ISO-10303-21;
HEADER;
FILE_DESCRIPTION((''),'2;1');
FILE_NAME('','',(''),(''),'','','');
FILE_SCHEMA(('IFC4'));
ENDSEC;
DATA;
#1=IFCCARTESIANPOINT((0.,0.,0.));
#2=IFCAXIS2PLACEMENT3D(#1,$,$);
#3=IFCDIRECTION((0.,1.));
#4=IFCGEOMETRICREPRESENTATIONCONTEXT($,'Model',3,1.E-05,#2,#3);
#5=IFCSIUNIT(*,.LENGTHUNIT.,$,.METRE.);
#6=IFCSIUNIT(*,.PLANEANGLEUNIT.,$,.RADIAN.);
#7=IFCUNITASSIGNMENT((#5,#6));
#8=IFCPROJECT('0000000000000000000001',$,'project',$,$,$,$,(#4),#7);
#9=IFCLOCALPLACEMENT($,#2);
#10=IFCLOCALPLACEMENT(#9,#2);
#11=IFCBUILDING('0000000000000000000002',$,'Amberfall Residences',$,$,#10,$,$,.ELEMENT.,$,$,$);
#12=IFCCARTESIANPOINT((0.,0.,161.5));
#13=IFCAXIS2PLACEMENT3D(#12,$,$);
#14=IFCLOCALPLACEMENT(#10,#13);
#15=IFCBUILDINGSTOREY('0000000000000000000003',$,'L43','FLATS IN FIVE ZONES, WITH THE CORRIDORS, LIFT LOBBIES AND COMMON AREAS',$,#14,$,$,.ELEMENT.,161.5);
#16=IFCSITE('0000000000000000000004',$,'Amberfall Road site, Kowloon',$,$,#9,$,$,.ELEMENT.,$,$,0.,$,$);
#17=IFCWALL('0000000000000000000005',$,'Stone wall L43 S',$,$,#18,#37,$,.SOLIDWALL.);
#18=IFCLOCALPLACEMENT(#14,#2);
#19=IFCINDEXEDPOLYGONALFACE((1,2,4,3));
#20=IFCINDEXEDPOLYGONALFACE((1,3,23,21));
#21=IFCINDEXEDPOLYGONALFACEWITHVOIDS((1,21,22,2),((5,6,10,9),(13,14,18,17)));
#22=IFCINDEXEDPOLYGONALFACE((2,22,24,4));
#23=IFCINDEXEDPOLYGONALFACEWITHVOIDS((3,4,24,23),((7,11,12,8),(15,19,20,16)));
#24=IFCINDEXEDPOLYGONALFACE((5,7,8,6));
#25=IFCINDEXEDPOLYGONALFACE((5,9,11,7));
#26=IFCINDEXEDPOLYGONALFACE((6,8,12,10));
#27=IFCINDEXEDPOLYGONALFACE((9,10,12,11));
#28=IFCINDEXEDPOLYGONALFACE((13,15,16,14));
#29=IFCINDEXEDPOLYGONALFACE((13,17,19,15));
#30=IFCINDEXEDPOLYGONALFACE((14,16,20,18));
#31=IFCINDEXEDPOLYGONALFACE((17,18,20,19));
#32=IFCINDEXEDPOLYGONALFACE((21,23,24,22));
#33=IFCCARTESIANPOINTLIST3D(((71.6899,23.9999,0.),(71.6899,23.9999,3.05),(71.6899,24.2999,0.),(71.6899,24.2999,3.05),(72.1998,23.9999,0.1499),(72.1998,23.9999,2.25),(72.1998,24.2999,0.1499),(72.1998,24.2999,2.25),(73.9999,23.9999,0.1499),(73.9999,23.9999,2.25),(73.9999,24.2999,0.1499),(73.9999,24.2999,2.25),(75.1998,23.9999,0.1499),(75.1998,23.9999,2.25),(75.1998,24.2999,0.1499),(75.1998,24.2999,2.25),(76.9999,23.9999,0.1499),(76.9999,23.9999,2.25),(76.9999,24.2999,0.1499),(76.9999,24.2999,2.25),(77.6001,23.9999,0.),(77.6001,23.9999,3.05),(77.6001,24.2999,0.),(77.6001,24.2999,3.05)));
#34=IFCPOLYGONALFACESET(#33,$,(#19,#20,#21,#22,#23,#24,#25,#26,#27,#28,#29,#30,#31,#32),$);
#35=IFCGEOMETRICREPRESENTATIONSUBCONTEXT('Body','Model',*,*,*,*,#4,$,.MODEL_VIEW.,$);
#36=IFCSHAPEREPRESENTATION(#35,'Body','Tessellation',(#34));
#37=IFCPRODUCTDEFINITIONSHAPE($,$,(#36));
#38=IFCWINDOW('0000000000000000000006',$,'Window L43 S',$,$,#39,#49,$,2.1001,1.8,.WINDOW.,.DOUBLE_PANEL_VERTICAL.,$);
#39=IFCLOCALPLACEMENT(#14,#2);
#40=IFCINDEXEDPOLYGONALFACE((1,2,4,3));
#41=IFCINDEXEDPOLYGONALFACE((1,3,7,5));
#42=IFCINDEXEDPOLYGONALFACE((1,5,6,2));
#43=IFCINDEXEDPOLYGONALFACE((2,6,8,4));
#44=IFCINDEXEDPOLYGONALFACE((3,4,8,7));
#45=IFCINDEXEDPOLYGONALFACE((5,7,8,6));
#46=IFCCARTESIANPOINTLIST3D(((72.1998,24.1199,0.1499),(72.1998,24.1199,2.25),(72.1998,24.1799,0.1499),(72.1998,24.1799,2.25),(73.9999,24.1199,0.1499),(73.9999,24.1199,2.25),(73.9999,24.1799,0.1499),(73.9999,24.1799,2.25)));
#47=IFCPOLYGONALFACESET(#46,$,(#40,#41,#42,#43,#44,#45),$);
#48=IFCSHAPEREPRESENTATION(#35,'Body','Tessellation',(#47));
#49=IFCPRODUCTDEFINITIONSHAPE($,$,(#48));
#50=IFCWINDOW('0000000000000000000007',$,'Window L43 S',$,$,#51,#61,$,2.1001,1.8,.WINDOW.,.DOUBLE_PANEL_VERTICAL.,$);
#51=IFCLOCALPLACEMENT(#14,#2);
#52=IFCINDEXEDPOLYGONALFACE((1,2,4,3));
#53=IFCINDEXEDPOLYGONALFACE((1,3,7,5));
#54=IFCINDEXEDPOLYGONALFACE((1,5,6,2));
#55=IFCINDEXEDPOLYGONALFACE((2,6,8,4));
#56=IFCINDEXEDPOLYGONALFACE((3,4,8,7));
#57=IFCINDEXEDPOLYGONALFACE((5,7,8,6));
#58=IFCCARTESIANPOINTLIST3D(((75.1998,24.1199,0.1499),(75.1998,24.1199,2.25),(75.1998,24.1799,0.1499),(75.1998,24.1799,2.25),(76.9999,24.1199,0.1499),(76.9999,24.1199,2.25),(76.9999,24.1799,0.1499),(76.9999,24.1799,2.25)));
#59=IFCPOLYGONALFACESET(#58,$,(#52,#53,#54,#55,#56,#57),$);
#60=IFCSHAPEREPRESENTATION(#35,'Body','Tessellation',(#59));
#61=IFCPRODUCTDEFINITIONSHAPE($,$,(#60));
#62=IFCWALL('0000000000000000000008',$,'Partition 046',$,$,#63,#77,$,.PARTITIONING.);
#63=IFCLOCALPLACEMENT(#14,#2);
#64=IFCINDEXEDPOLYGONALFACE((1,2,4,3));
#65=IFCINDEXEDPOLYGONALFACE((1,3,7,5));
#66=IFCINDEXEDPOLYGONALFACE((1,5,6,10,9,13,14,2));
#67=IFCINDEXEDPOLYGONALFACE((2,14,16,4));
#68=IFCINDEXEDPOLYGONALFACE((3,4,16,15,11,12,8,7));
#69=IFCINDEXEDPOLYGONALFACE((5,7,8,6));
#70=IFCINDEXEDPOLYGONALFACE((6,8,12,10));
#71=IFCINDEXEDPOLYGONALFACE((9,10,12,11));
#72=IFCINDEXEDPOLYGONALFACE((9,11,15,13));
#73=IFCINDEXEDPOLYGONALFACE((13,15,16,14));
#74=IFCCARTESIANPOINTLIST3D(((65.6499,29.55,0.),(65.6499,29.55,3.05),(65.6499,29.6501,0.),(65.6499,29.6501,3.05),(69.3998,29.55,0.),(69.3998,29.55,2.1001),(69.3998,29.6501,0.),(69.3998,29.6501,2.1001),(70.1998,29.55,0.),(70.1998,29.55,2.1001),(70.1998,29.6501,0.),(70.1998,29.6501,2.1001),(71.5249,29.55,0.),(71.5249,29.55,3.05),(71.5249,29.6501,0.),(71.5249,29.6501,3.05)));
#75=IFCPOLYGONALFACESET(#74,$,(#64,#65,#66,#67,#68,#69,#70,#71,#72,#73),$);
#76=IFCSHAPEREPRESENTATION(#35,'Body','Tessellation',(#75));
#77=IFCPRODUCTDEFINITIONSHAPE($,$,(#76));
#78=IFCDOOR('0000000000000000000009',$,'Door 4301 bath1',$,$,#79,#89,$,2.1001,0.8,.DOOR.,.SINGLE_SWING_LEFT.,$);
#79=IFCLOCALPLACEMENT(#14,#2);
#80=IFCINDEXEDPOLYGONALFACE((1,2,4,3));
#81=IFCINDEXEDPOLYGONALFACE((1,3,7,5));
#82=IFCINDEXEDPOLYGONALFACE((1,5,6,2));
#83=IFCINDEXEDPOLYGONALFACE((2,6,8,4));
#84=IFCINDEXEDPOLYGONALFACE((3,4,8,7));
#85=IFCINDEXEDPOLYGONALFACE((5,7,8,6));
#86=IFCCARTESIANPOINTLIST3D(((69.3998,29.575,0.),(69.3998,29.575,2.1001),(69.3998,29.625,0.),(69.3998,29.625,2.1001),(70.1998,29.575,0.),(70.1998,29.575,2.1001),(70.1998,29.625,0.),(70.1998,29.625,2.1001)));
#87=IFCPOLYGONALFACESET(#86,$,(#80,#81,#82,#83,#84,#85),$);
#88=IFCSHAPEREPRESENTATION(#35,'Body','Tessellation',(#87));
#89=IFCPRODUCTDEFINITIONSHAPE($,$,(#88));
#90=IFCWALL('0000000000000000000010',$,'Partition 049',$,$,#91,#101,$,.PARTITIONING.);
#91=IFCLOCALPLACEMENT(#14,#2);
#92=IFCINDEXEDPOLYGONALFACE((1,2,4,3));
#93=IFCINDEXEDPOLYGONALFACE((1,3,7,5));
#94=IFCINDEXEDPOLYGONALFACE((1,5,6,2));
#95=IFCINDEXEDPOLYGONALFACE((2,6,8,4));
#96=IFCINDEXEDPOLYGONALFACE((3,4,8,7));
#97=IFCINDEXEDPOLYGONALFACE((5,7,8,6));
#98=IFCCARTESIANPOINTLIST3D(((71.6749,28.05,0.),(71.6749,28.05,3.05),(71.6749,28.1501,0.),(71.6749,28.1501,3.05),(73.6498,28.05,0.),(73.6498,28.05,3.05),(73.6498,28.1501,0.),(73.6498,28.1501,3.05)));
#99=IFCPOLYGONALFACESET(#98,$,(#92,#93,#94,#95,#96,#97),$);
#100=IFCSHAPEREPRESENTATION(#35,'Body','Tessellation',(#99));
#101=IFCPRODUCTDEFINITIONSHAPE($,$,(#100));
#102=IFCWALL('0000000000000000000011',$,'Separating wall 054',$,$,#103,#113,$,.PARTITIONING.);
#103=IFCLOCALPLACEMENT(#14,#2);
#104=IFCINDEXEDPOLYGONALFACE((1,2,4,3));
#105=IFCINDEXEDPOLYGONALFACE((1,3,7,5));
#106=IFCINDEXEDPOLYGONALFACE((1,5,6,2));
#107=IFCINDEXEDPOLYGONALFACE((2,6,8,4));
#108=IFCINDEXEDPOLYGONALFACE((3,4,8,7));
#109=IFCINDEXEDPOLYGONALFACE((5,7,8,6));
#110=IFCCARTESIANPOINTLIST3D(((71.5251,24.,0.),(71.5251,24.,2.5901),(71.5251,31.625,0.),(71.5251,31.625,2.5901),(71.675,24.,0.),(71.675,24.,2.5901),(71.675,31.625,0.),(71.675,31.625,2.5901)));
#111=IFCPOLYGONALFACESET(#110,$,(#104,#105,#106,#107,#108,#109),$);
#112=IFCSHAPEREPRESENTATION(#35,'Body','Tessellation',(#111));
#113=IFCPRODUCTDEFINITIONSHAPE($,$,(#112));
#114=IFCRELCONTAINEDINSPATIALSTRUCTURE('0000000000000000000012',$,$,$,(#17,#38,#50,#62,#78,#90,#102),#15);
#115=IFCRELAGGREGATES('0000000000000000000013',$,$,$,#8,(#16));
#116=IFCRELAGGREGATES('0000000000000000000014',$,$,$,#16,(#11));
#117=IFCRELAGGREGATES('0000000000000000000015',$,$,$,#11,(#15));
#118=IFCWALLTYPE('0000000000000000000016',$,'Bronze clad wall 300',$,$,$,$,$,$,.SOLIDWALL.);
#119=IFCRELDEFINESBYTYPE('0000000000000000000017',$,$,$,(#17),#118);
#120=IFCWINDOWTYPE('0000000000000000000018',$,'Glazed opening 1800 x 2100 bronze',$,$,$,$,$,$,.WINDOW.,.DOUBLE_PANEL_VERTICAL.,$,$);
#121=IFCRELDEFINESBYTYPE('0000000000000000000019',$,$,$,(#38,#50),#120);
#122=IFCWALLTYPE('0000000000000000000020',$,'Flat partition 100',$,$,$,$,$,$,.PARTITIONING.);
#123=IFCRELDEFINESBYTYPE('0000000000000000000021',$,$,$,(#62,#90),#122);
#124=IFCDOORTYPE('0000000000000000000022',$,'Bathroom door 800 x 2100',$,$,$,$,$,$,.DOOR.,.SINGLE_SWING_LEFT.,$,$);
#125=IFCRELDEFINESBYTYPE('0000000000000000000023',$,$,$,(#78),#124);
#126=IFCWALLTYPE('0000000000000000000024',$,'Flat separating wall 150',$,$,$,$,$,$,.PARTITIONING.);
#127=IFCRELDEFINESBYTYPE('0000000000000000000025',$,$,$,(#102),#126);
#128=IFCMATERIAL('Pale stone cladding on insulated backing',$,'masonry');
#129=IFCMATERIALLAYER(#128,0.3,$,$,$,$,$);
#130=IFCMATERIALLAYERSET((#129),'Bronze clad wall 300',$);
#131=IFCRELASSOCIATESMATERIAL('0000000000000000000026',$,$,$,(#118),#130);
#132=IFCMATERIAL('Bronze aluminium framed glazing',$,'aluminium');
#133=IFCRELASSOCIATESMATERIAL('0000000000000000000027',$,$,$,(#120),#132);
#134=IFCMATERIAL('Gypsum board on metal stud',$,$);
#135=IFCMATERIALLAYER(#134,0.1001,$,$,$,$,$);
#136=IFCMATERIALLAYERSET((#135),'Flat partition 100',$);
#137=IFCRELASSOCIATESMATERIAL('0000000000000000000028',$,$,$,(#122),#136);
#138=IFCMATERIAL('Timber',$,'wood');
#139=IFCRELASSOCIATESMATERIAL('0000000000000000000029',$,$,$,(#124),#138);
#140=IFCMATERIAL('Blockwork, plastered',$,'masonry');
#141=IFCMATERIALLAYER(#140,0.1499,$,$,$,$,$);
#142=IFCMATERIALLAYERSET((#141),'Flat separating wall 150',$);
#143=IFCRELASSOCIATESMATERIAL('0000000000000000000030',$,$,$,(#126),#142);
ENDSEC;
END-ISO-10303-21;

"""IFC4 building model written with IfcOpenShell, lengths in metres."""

from ifc_helpers import new_model, si_unit, direction, frame, frame_2d, origin, place, context, subcontext, project, spatial, rectangle, extrude, material, layer, layer_set, type_object, element, fill, save


model = new_model("IFC4")

# Units and contexts
model_context = context("Model", 3, precision=1e-05, world=origin(), true_north=direction((0.0, 1.0)))
body_context = subcontext(model_context, "Body", "Model", "MODEL_VIEW")
ifc_project = project(units=[si_unit("LENGTHUNIT", "METRE"), si_unit("PLANEANGLEUNIT", "RADIAN")], contexts=[model_context])

# Site, building, storey
site_placement = place(None, origin())
site = spatial("IfcSite", under=ifc_project, at=site_placement, Name="Amberfall Road site, Kowloon", CompositionType="ELEMENT", RefElevation=0.0)
building_placement = place(site_placement, origin())
building = spatial("IfcBuilding", under=site, at=building_placement, Name="Amberfall Residences", CompositionType="ELEMENT")
storey_placement = place(building_placement, frame((0.0, 0.0, 161.5)))
storey = spatial("IfcBuildingStorey", under=building, at=storey_placement, Name="L43", Description="FLATS IN FIVE ZONES, WITH THE CORRIDORS, LIFT LOBBIES AND COMMON AREAS", CompositionType="ELEMENT", Elevation=161.5)

# Shared definitions
ifc_material_1 = material(Name="Pale stone cladding on insulated backing", Category="masonry")
ifc_layer_1 = layer(ifc_material_1, 0.3)
ifc_layer_set_1 = layer_set([ifc_layer_1], Name="Bronze clad wall 300")
wall_type_1 = type_object("IfcWallType", Name="Bronze clad wall 300", PredefinedType="SOLIDWALL", material=ifc_layer_set_1)

# Wall, openings, windows
wall_1_placement = place(storey_placement, frame((71.6899, 24.1499, 0.0), z_axis=(0.0, 0.0, 1.0), x_axis=(1.0, 0.0, 0.0)))
wall_1 = element("IfcWall", 1, at=wall_1_placement, inside=storey, type_object=wall_type_1, Name="Stone wall L43 S", PredefinedType="SOLIDWALL", context=body_context, shape_type="SweptSolid", body=[
    extrude(rectangle(XDim=5.9102, YDim=0.3, at=frame_2d((2.9551, 0.0))), origin(), (0.0, 0.0, 1.0), 3.05),
])
opening_1_placement = place(wall_1_placement, frame((0.51, 0.0, 0.1499)))
opening_1 = element("IfcOpeningElement", 2, at=opening_1_placement, cuts=wall_1, PredefinedType="OPENING", context=body_context, shape_type="SweptSolid", body=[
    extrude(rectangle(XDim=1.8, YDim=2.1001, at=frame_2d((0.8999, 1.05))), frame((0.0, 0.1599, 0.0), z_axis=(0.0, -1.0, 0.0), x_axis=(1.0, 0.0, 0.0)), (0.0, 0.0, 1.0), 0.3201),
])
opening_2_placement = place(wall_1_placement, frame((3.51, 0.0, 0.1499)))
opening_2 = element("IfcOpeningElement", 3, at=opening_2_placement, cuts=wall_1, PredefinedType="OPENING", context=body_context, shape_type="SweptSolid", body=[
    extrude(rectangle(XDim=1.8, YDim=2.1001, at=frame_2d((0.8999, 1.05))), frame((0.0, 0.1599, 0.0), z_axis=(0.0, -1.0, 0.0), x_axis=(1.0, 0.0, 0.0)), (0.0, 0.0, 1.0), 0.3201),
])
ifc_material_2 = material(Name="Bronze aluminium framed glazing", Category="aluminium")
window_type = type_object("IfcWindowType", Name="Glazed opening 1800 x 2100 bronze", PartitioningType="DOUBLE_PANEL_VERTICAL", PredefinedType="WINDOW", material=ifc_material_2)
window_1_placement = place(opening_1_placement, origin())
window_1 = element("IfcWindow", 4, at=window_1_placement, inside=storey, type_object=window_type, Name="Window L43 S", OverallHeight=2.1001, OverallWidth=1.8, PartitioningType="DOUBLE_PANEL_VERTICAL", PredefinedType="WINDOW", context=body_context, shape_type="SweptSolid", body=[
    extrude(rectangle(XDim=1.8, YDim=2.1001, at=frame_2d((0.8999, 1.05))), frame((0.0, 0.03, 0.0), z_axis=(0.0, -1.0, 0.0), x_axis=(1.0, 0.0, 0.0)), (0.0, 0.0, 1.0), 0.0601),
])
fill(opening_1, window_1)
window_2_placement = place(opening_2_placement, origin())
window_2 = element("IfcWindow", 5, at=window_2_placement, inside=storey, type_object=window_type, Name="Window L43 S", OverallHeight=2.1001, OverallWidth=1.8, PartitioningType="DOUBLE_PANEL_VERTICAL", PredefinedType="WINDOW", context=body_context, shape_type="SweptSolid", body=[
    extrude(rectangle(XDim=1.8, YDim=2.1001, at=frame_2d((0.8999, 1.05))), frame((0.0, 0.03, 0.0), z_axis=(0.0, -1.0, 0.0), x_axis=(1.0, 0.0, 0.0)), (0.0, 0.0, 1.0), 0.0601),
])
fill(opening_2, window_2)

# Wall, opening, door
ifc_material_3 = material(Name="Gypsum board on metal stud")
ifc_layer_2 = layer(ifc_material_3, 0.1001)
ifc_layer_set_2 = layer_set([ifc_layer_2], Name="Flat partition 100")
wall_type_2 = type_object("IfcWallType", Name="Flat partition 100", PredefinedType="PARTITIONING", material=ifc_layer_set_2)
wall_2_placement = place(storey_placement, frame((65.6499, 29.6001, 0.0), z_axis=(0.0, 0.0, 1.0), x_axis=(1.0, 0.0, 0.0)))
wall_2 = element("IfcWall", 6, at=wall_2_placement, inside=storey, type_object=wall_type_2, Name="Partition 046", PredefinedType="PARTITIONING", context=body_context, shape_type="SweptSolid", body=[
    extrude(rectangle(XDim=5.875, YDim=0.1001, at=frame_2d((2.9375, 0.0))), origin(), (0.0, 0.0, 1.0), 3.05),
])
opening_3_placement = place(wall_2_placement, frame((3.75, 0.0, 0.0)))
opening_3 = element("IfcOpeningElement", 7, at=opening_3_placement, cuts=wall_2, PredefinedType="OPENING", context=body_context, shape_type="SweptSolid", body=[
    extrude(rectangle(XDim=0.8, YDim=2.1001, at=frame_2d((0.3999, 1.05))), frame((0.0, 0.0601, 0.0), z_axis=(0.0, -1.0, 0.0), x_axis=(1.0, 0.0, 0.0)), (0.0, 0.0, 1.0), 0.1201),
])
ifc_material_4 = material(Name="Timber", Category="wood")
door_type = type_object("IfcDoorType", Name="Bathroom door 800 x 2100", OperationType="SINGLE_SWING_LEFT", PredefinedType="DOOR", material=ifc_material_4)
door_placement = place(opening_3_placement, origin())
door = element("IfcDoor", 8, at=door_placement, inside=storey, type_object=door_type, Name="Door 4301 bath1", OperationType="SINGLE_SWING_LEFT", OverallHeight=2.1001, OverallWidth=0.8, PredefinedType="DOOR", context=body_context, shape_type="SweptSolid", body=[
    extrude(rectangle(XDim=0.8, YDim=2.1001, at=frame_2d((0.3999, 1.05))), frame((0.0, 0.0249, 0.0), z_axis=(0.0, -1.0, 0.0), x_axis=(1.0, 0.0, 0.0)), (0.0, 0.0, 1.0), 0.05),
])
fill(opening_3, door)

# Walls
wall_3_placement = place(storey_placement, frame((71.675, 28.1001, 0.0), z_axis=(0.0, 0.0, 1.0), x_axis=(1.0, 0.0, 0.0)))
element("IfcWall", 9, at=wall_3_placement, inside=storey, type_object=wall_type_2, Name="Partition 049", PredefinedType="PARTITIONING", context=body_context, shape_type="SweptSolid", body=[
    extrude(rectangle(XDim=1.9749, YDim=0.1001, at=frame_2d((0.9873, 0.0))), origin(), (0.0, 0.0, 1.0), 3.05),
])
ifc_material_5 = material(Name="Blockwork, plastered", Category="masonry")
ifc_layer_3 = layer(ifc_material_5, 0.1499)
ifc_layer_set_3 = layer_set([ifc_layer_3], Name="Flat separating wall 150")
wall_type_3 = type_object("IfcWallType", Name="Flat separating wall 150", PredefinedType="PARTITIONING", material=ifc_layer_set_3)
wall_4_placement = place(storey_placement, frame((71.6001, 24.0, 0.0), z_axis=(0.0, 0.0, 1.0), x_axis=(0.0, 1.0, 0.0)))
element("IfcWall", 10, at=wall_4_placement, inside=storey, type_object=wall_type_3, Name="Separating wall 054", PredefinedType="PARTITIONING", context=body_context, shape_type="SweptSolid", body=[
    extrude(rectangle(XDim=7.625, YDim=0.1499, at=frame_2d((3.8125, 0.0))), origin(), (0.0, 0.0, 1.0), 2.5901),
])

save(model, "model.ifc")
